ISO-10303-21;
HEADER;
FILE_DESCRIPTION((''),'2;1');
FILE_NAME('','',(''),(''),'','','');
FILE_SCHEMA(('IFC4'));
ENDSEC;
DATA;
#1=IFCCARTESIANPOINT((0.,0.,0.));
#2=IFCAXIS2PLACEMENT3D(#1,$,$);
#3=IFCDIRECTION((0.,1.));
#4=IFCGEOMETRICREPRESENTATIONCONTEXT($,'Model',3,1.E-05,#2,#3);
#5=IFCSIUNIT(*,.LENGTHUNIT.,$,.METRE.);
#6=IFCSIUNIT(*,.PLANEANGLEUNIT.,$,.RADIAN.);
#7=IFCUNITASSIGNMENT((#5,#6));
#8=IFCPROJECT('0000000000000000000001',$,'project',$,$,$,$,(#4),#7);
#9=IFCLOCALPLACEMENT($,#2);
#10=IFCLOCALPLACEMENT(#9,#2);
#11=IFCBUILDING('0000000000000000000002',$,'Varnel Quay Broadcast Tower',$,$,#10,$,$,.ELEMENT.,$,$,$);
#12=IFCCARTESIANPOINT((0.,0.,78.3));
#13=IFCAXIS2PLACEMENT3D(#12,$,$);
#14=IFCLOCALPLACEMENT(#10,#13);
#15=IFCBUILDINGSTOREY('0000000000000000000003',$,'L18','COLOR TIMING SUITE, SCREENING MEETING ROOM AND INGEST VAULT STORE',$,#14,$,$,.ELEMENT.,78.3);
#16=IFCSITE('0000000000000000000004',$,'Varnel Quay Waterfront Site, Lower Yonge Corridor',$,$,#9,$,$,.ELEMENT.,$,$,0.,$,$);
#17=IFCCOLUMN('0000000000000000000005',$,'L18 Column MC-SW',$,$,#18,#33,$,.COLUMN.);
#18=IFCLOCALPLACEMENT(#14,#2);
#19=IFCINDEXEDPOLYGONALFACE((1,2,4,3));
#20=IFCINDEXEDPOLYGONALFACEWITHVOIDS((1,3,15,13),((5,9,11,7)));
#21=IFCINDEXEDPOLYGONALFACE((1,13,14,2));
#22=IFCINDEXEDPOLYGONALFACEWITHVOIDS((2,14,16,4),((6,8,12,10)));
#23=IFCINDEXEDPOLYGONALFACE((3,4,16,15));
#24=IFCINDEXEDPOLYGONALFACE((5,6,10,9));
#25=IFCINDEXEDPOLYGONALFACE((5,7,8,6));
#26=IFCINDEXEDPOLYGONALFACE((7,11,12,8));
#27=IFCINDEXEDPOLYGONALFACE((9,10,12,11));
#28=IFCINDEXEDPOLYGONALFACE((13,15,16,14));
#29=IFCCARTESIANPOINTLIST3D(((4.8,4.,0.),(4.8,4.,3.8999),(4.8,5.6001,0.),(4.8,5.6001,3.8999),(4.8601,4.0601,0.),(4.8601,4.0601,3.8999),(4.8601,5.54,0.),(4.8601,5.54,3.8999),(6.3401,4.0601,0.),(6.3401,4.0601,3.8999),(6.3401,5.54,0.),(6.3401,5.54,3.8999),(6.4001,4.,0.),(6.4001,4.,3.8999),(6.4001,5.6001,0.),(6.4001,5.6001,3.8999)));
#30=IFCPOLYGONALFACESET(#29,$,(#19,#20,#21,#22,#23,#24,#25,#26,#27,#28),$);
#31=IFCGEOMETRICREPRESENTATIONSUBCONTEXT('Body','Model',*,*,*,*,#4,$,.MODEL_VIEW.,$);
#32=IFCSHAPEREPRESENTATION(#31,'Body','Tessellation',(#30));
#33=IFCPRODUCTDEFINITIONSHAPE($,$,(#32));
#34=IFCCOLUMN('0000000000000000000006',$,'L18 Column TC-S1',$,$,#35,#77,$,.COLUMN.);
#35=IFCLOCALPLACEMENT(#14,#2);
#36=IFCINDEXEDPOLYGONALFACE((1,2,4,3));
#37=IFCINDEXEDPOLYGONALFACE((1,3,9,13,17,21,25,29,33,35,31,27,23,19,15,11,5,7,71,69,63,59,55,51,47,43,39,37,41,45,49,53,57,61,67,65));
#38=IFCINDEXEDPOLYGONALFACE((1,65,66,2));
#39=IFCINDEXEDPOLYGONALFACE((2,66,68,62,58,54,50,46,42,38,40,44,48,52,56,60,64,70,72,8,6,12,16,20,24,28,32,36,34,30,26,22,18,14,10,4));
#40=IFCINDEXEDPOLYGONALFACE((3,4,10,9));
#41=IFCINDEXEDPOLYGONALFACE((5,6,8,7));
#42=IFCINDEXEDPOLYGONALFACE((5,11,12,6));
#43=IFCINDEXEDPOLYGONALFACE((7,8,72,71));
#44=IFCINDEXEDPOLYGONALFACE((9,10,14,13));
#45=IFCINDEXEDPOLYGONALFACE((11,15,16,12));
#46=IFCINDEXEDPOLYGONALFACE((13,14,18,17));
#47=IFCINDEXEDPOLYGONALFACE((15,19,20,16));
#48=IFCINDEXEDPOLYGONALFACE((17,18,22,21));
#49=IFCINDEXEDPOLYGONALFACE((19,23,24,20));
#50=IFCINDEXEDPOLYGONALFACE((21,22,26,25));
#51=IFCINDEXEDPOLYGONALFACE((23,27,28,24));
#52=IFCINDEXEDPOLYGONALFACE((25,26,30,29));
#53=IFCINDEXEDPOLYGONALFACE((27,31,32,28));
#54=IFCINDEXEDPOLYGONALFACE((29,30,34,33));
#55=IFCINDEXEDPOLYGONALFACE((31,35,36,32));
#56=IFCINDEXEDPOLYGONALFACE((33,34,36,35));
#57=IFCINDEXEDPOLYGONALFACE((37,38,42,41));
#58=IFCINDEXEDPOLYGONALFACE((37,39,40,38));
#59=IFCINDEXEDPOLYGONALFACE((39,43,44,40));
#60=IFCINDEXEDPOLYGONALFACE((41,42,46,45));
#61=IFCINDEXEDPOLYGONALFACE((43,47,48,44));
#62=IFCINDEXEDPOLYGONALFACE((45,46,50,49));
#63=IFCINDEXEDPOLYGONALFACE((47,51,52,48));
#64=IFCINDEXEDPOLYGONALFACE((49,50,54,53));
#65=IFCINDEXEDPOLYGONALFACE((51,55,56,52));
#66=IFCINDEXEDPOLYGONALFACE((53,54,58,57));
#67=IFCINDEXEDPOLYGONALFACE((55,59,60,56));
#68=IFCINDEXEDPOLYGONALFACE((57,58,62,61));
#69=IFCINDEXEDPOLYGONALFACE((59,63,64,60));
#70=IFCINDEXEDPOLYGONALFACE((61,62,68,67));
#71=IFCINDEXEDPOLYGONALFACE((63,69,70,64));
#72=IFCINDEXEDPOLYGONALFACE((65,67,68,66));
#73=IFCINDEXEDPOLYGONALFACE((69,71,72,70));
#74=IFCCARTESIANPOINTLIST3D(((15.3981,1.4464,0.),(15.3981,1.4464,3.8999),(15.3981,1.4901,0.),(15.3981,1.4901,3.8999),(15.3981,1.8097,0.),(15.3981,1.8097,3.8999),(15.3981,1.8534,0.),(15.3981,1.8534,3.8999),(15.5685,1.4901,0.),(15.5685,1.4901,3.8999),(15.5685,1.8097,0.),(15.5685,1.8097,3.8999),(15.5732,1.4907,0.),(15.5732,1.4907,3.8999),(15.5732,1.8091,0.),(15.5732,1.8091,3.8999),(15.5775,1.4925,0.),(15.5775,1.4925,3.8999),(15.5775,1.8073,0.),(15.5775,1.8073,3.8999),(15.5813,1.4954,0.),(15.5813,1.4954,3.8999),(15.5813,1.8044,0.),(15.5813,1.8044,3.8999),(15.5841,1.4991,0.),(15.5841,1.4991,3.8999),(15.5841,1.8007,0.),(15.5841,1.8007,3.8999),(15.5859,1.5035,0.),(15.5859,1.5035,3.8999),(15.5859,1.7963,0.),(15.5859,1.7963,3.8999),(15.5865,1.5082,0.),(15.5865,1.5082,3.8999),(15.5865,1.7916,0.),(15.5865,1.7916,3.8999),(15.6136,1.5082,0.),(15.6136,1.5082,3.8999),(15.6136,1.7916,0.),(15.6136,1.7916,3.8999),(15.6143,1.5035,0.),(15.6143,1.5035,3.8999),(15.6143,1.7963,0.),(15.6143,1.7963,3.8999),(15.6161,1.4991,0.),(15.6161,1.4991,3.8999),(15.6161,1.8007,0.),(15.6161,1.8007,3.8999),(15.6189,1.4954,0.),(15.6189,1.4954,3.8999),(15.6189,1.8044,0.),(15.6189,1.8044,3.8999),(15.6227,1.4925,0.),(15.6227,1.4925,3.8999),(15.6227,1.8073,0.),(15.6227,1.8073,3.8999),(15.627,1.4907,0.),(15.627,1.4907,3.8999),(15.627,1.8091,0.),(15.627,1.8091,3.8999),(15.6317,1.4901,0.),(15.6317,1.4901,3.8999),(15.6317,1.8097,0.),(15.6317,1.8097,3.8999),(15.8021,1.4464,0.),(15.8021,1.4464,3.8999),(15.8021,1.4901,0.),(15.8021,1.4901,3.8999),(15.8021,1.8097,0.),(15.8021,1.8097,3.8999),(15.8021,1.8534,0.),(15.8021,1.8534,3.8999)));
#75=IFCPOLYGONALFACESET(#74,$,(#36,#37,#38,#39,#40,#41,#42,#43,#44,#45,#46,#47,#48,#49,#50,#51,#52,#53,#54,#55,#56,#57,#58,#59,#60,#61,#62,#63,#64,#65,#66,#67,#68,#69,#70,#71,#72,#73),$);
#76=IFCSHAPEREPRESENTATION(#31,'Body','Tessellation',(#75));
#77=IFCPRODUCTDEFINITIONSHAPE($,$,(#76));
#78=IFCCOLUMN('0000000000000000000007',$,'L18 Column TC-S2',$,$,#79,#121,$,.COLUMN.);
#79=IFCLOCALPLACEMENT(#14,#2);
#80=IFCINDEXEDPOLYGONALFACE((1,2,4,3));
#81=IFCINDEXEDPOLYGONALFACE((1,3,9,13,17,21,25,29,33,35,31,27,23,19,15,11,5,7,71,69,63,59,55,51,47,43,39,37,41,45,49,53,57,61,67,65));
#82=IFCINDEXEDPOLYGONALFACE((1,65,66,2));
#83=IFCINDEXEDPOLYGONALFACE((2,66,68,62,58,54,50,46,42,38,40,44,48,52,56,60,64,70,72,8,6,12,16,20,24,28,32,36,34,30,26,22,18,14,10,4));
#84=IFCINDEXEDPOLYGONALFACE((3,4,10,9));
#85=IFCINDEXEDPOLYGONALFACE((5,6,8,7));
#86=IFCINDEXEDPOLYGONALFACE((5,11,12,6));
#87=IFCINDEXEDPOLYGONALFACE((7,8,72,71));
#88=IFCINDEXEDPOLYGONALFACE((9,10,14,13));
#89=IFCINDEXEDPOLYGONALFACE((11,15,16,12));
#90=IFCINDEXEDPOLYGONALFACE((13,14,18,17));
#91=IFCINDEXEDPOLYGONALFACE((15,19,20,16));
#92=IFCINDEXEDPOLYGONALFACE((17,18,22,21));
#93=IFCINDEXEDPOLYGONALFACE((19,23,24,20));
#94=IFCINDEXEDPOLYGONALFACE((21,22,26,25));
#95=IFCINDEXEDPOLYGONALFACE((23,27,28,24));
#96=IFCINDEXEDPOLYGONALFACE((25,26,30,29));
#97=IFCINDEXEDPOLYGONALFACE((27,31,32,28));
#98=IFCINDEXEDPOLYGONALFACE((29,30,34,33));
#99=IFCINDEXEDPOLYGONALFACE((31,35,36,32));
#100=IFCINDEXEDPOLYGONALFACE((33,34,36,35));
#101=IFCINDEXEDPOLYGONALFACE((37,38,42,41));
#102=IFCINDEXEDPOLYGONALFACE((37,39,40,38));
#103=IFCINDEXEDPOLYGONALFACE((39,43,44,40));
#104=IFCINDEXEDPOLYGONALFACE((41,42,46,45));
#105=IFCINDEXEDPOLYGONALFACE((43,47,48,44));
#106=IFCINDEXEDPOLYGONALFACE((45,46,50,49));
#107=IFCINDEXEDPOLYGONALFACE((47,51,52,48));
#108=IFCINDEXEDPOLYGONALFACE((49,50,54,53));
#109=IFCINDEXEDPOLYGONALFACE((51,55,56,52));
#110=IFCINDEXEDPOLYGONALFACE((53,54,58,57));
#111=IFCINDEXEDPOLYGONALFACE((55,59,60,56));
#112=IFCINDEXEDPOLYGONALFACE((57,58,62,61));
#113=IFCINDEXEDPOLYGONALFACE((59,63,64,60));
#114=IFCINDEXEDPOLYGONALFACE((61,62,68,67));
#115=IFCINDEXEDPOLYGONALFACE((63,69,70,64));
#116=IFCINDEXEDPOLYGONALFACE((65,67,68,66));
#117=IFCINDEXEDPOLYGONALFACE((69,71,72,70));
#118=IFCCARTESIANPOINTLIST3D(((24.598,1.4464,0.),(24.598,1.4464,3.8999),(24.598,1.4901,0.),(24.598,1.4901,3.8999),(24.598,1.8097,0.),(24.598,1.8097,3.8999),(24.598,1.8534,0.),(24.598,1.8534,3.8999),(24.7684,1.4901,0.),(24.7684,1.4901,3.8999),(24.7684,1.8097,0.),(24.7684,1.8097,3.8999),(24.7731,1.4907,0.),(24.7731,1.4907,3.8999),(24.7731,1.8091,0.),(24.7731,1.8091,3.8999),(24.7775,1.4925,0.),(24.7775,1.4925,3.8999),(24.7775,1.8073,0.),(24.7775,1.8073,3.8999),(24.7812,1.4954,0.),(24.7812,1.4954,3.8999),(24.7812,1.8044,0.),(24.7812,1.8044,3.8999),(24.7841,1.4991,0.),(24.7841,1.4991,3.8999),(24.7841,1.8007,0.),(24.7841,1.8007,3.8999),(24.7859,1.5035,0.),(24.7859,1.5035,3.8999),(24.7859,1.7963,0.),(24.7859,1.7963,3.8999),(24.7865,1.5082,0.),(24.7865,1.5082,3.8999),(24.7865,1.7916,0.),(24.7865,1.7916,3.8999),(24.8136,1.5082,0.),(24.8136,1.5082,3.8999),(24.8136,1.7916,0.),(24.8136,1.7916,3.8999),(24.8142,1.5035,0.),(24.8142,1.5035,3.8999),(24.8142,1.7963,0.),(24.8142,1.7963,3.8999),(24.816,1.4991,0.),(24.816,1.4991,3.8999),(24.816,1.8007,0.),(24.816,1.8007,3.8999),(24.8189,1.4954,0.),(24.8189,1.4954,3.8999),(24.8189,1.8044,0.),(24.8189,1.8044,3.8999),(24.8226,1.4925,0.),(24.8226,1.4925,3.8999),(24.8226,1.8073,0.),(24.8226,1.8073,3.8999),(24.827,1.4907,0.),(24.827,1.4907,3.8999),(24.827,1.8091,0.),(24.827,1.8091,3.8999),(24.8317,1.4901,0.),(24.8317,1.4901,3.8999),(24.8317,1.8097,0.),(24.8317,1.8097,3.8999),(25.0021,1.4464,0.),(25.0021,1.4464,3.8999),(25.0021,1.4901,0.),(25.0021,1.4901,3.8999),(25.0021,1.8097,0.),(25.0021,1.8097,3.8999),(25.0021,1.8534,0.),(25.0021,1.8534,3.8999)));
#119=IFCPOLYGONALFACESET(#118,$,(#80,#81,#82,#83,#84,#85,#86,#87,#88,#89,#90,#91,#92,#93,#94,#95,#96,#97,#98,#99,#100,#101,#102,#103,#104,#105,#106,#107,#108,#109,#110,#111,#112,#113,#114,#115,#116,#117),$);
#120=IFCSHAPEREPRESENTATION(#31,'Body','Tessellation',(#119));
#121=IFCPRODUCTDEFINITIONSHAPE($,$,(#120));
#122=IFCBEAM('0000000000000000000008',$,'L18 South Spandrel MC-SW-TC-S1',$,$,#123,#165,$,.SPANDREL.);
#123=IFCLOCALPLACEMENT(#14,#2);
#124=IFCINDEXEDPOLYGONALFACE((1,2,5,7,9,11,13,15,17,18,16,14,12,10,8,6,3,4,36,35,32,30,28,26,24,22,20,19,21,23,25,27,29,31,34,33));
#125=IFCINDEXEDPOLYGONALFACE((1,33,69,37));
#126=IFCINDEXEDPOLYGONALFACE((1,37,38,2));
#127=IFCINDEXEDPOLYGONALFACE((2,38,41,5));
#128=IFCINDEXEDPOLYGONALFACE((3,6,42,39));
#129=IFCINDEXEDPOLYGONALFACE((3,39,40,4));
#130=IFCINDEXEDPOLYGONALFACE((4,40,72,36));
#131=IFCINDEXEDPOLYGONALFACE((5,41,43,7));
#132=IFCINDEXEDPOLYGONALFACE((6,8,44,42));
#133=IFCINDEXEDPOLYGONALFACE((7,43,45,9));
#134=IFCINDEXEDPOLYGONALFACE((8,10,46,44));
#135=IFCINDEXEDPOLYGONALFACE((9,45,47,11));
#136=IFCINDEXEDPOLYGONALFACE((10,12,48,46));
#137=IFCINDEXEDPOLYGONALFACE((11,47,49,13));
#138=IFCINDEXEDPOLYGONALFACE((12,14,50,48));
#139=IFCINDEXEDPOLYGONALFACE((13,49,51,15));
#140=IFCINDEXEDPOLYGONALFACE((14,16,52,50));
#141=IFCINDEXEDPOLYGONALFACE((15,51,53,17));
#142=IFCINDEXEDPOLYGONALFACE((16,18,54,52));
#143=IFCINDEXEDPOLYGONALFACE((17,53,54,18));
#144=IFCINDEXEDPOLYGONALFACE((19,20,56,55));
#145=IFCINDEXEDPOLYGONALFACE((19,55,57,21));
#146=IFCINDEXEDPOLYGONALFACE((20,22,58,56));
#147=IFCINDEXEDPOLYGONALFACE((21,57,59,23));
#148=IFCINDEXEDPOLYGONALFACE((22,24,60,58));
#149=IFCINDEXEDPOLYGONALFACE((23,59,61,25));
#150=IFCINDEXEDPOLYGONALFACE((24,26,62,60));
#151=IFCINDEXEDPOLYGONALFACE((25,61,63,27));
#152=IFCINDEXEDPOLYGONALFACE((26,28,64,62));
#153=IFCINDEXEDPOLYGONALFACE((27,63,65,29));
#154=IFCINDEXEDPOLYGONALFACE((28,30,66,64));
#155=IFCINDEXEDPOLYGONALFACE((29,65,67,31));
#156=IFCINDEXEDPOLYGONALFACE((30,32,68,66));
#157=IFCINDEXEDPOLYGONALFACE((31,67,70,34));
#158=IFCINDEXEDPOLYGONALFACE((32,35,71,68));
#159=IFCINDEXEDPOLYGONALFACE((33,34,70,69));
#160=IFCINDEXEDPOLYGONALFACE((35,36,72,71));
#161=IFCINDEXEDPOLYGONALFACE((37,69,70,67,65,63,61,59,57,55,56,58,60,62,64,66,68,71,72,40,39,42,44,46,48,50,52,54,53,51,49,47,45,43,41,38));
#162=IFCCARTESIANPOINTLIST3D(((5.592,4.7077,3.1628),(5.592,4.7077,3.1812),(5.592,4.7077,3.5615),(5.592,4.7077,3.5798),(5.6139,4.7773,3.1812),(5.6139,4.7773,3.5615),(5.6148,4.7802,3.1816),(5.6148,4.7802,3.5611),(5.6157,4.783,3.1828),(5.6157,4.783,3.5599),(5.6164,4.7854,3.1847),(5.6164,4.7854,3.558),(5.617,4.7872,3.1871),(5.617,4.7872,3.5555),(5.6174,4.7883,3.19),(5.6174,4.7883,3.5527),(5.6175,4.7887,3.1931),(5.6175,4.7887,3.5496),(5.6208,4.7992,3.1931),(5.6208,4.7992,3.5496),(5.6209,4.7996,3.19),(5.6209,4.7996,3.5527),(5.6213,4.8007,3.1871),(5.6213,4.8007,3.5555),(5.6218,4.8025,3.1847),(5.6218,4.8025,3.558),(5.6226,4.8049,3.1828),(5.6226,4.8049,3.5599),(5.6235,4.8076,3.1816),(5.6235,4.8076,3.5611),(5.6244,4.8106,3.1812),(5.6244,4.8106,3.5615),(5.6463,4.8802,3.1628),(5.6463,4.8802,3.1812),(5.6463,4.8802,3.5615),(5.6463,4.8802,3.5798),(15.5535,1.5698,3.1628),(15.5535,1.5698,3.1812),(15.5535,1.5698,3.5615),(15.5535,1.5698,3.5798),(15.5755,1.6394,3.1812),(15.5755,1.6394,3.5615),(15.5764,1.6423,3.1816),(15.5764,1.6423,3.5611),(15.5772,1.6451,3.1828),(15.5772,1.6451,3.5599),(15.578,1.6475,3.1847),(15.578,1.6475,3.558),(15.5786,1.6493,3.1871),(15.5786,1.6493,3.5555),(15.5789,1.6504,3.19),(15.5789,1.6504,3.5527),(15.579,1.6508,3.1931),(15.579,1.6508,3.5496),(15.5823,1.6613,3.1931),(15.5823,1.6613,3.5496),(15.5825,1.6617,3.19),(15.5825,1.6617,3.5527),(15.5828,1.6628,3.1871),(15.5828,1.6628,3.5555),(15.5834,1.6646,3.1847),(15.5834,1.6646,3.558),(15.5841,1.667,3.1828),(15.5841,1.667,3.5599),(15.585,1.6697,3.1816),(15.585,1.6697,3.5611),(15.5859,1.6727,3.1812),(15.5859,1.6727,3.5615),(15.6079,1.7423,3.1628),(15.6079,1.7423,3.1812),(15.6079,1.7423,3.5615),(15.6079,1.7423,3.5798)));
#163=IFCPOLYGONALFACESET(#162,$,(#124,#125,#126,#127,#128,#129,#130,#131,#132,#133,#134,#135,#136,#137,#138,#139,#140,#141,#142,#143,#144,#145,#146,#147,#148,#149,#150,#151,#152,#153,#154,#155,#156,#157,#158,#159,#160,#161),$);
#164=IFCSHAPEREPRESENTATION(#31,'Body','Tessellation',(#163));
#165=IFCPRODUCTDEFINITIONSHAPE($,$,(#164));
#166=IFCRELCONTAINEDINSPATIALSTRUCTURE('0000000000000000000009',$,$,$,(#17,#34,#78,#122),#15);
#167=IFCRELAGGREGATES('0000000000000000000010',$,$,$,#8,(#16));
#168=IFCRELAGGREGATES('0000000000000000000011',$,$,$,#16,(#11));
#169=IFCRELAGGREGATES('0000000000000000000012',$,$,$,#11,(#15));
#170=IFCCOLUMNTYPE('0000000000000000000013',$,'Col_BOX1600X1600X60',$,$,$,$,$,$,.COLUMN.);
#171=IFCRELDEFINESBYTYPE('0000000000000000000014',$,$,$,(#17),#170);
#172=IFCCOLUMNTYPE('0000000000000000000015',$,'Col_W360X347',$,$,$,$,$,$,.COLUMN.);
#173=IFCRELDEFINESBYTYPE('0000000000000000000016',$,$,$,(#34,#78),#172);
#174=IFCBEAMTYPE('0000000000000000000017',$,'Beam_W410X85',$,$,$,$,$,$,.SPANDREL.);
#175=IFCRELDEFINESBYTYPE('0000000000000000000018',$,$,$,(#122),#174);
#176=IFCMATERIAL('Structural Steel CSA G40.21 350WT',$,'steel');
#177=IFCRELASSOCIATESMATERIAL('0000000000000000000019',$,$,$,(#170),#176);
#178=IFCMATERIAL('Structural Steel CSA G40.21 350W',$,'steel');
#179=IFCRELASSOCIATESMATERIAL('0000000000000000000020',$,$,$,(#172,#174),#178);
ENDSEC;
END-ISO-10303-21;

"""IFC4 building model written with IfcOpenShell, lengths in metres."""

from ifc_helpers import new_model, si_unit, direction, frame, origin, origin_2d, place, context, subcontext, project, spatial, hollow_rectangle, i_section, extrude, source, transform, mapped, material, material_profile, profile_set, type_object, type_shapes, element, save


model = new_model("IFC4")

# Units and contexts
model_context = context("Model", 3, precision=1e-05, world=origin(), true_north=direction((0.0, 1.0)))
body_context = subcontext(model_context, "Body", "Model", "MODEL_VIEW")
ifc_project = project(units=[si_unit("LENGTHUNIT", "METRE"), si_unit("PLANEANGLEUNIT", "RADIAN")], contexts=[model_context])

# Site, building, storey
site_placement = place(None, origin())
site = spatial("IfcSite", under=ifc_project, at=site_placement, Name="Varnel Quay Waterfront Site, Lower Yonge Corridor", CompositionType="ELEMENT", RefElevation=0.0)
building_placement = place(site_placement, origin())
building = spatial("IfcBuilding", under=site, at=building_placement, Name="Varnel Quay Broadcast Tower", CompositionType="ELEMENT")
storey_placement = place(building_placement, frame((0.0, 0.0, 78.3)))
storey = spatial("IfcBuildingStorey", under=building, at=storey_placement, Name="L18", Description="COLOR TIMING SUITE, SCREENING MEETING ROOM AND INGEST VAULT STORE", CompositionType="ELEMENT", Elevation=78.3)

# Columns
ifc_material_1 = material(Name="Structural Steel CSA G40.21 350WT", Category="steel")
ifc_material_profile_1 = material_profile(ifc_material_1, hollow_rectangle(XDim=1.6001, YDim=1.6001, WallThickness=0.0601, at=origin_2d()), Name="BOX1600X1600X60")
ifc_profile_set_1 = profile_set([ifc_material_profile_1], Name="Structural Steel CSA G40.21 350WT")
column_type_1 = type_object("IfcColumnType", Name="Col_BOX1600X1600X60", PredefinedType="COLUMN", material=ifc_profile_set_1)
shared_shape_1 = source(origin(), body_context, "Body", "SweptSolid", [
    extrude(hollow_rectangle(XDim=1.6001, YDim=1.6001, WallThickness=0.0601, at=origin_2d()), origin(), (0.0, 0.0, 1.0), 3.8999),
])
type_shapes(column_type_1, [shared_shape_1])
column_placement = place(storey_placement, frame((5.6001, 4.8, 0.0), z_axis=(0.0, 0.0, 1.0), x_axis=(1.0, 0.0, 0.0)))
element("IfcColumn", 1, at=column_placement, inside=storey, type_object=column_type_1, Name="L18 Column MC-SW", PredefinedType="COLUMN", context=body_context, shape_type="MappedRepresentation", body=[
    mapped(shared_shape_1, transform((0.0, 0.0, 0.0), x_axis=(1.0, 0.0, 0.0), y_axis=(0.0, 1.0, 0.0), z_axis=(0.0, 0.0, 1.0), scale=1.0)),
])
ifc_material_2 = material(Name="Structural Steel CSA G40.21 350W", Category="steel")
ifc_material_profile_2 = material_profile(ifc_material_2, i_section(OverallWidth=0.4041, OverallDepth=0.407, WebThickness=0.0271, FlangeThickness=0.0437, FilletRadius=0.0181, at=origin_2d()), Name="W360X347")
ifc_profile_set_2 = profile_set([ifc_material_profile_2], Name="Structural Steel CSA G40.21 350W")
column_type_2 = type_object("IfcColumnType", Name="Col_W360X347", PredefinedType="COLUMN", material=ifc_profile_set_2)
shared_shape_2 = source(origin(), body_context, "Body", "SweptSolid", [
    extrude(i_section(OverallWidth=0.4041, OverallDepth=0.407, WebThickness=0.0271, FlangeThickness=0.0437, FilletRadius=0.0181, at=origin_2d()), origin(), (0.0, 0.0, 1.0), 3.8999),
])
type_shapes(column_type_2, [shared_shape_2])
for number, where, z_axis, x_axis, name in (
    (2, (15.6001, 1.6499, 0.0), (0.0, 0.0, 1.0), (1.0, 0.0, 0.0), "L18 Column TC-S1"),
    (3, (24.8, 1.6499, 0.0), (0.0, 0.0, 1.0), (1.0, 0.0, 0.0), "L18 Column TC-S2"),
):
    element("IfcColumn", number, at=place(storey_placement, frame(where, z_axis=z_axis, x_axis=x_axis)), inside=storey, type_object=column_type_2, Name=name, PredefinedType="COLUMN", context=body_context, shape_type="MappedRepresentation", body=[
        mapped(shared_shape_2, transform((0.0, 0.0, 0.0), x_axis=(1.0, 0.0, 0.0), y_axis=(0.0, 1.0, 0.0), z_axis=(0.0, 0.0, 1.0), scale=1.0)),
    ])

# Beam
ifc_material_profile_3 = material_profile(ifc_material_2, i_section(OverallWidth=0.1809, OverallDepth=0.417, WebThickness=0.011, FlangeThickness=0.0183, FilletRadius=0.012, at=origin_2d()), Name="W410X85")
ifc_profile_set_3 = profile_set([ifc_material_profile_3], Name="Structural Steel CSA G40.21 350W")
beam_type_1 = type_object("IfcBeamType", Name="Beam_W410X85", PredefinedType="SPANDREL", material=ifc_profile_set_3)
shared_shape_3 = source(origin(), body_context, "Body", "SweptSolid", [
    extrude(i_section(OverallWidth=0.1809, OverallDepth=0.417, WebThickness=0.011, FlangeThickness=0.0183, FilletRadius=0.012, at=origin_2d()), origin(), (0.0, 0.0, 1.0), 10.4441),
])
beam_1_placement = place(storey_placement, frame((5.6191, 4.7939, 3.3713), z_axis=(0.953798, -0.300448, 0.0), x_axis=(0.300448, 0.953798, 0.0)))
element("IfcBeam", 4, at=beam_1_placement, inside=storey, type_object=beam_type_1, Name="L18 South Spandrel MC-SW-TC-S1", PredefinedType="SPANDREL", context=body_context, shape_type="MappedRepresentation", body=[
    mapped(shared_shape_3, transform((0.0, 0.0, 0.0), x_axis=(1.0, 0.0, 0.0), y_axis=(0.0, 1.0, 0.0), z_axis=(0.0, 0.0, 1.0), scale=1.0)),
])

save(model, "model.ifc")
